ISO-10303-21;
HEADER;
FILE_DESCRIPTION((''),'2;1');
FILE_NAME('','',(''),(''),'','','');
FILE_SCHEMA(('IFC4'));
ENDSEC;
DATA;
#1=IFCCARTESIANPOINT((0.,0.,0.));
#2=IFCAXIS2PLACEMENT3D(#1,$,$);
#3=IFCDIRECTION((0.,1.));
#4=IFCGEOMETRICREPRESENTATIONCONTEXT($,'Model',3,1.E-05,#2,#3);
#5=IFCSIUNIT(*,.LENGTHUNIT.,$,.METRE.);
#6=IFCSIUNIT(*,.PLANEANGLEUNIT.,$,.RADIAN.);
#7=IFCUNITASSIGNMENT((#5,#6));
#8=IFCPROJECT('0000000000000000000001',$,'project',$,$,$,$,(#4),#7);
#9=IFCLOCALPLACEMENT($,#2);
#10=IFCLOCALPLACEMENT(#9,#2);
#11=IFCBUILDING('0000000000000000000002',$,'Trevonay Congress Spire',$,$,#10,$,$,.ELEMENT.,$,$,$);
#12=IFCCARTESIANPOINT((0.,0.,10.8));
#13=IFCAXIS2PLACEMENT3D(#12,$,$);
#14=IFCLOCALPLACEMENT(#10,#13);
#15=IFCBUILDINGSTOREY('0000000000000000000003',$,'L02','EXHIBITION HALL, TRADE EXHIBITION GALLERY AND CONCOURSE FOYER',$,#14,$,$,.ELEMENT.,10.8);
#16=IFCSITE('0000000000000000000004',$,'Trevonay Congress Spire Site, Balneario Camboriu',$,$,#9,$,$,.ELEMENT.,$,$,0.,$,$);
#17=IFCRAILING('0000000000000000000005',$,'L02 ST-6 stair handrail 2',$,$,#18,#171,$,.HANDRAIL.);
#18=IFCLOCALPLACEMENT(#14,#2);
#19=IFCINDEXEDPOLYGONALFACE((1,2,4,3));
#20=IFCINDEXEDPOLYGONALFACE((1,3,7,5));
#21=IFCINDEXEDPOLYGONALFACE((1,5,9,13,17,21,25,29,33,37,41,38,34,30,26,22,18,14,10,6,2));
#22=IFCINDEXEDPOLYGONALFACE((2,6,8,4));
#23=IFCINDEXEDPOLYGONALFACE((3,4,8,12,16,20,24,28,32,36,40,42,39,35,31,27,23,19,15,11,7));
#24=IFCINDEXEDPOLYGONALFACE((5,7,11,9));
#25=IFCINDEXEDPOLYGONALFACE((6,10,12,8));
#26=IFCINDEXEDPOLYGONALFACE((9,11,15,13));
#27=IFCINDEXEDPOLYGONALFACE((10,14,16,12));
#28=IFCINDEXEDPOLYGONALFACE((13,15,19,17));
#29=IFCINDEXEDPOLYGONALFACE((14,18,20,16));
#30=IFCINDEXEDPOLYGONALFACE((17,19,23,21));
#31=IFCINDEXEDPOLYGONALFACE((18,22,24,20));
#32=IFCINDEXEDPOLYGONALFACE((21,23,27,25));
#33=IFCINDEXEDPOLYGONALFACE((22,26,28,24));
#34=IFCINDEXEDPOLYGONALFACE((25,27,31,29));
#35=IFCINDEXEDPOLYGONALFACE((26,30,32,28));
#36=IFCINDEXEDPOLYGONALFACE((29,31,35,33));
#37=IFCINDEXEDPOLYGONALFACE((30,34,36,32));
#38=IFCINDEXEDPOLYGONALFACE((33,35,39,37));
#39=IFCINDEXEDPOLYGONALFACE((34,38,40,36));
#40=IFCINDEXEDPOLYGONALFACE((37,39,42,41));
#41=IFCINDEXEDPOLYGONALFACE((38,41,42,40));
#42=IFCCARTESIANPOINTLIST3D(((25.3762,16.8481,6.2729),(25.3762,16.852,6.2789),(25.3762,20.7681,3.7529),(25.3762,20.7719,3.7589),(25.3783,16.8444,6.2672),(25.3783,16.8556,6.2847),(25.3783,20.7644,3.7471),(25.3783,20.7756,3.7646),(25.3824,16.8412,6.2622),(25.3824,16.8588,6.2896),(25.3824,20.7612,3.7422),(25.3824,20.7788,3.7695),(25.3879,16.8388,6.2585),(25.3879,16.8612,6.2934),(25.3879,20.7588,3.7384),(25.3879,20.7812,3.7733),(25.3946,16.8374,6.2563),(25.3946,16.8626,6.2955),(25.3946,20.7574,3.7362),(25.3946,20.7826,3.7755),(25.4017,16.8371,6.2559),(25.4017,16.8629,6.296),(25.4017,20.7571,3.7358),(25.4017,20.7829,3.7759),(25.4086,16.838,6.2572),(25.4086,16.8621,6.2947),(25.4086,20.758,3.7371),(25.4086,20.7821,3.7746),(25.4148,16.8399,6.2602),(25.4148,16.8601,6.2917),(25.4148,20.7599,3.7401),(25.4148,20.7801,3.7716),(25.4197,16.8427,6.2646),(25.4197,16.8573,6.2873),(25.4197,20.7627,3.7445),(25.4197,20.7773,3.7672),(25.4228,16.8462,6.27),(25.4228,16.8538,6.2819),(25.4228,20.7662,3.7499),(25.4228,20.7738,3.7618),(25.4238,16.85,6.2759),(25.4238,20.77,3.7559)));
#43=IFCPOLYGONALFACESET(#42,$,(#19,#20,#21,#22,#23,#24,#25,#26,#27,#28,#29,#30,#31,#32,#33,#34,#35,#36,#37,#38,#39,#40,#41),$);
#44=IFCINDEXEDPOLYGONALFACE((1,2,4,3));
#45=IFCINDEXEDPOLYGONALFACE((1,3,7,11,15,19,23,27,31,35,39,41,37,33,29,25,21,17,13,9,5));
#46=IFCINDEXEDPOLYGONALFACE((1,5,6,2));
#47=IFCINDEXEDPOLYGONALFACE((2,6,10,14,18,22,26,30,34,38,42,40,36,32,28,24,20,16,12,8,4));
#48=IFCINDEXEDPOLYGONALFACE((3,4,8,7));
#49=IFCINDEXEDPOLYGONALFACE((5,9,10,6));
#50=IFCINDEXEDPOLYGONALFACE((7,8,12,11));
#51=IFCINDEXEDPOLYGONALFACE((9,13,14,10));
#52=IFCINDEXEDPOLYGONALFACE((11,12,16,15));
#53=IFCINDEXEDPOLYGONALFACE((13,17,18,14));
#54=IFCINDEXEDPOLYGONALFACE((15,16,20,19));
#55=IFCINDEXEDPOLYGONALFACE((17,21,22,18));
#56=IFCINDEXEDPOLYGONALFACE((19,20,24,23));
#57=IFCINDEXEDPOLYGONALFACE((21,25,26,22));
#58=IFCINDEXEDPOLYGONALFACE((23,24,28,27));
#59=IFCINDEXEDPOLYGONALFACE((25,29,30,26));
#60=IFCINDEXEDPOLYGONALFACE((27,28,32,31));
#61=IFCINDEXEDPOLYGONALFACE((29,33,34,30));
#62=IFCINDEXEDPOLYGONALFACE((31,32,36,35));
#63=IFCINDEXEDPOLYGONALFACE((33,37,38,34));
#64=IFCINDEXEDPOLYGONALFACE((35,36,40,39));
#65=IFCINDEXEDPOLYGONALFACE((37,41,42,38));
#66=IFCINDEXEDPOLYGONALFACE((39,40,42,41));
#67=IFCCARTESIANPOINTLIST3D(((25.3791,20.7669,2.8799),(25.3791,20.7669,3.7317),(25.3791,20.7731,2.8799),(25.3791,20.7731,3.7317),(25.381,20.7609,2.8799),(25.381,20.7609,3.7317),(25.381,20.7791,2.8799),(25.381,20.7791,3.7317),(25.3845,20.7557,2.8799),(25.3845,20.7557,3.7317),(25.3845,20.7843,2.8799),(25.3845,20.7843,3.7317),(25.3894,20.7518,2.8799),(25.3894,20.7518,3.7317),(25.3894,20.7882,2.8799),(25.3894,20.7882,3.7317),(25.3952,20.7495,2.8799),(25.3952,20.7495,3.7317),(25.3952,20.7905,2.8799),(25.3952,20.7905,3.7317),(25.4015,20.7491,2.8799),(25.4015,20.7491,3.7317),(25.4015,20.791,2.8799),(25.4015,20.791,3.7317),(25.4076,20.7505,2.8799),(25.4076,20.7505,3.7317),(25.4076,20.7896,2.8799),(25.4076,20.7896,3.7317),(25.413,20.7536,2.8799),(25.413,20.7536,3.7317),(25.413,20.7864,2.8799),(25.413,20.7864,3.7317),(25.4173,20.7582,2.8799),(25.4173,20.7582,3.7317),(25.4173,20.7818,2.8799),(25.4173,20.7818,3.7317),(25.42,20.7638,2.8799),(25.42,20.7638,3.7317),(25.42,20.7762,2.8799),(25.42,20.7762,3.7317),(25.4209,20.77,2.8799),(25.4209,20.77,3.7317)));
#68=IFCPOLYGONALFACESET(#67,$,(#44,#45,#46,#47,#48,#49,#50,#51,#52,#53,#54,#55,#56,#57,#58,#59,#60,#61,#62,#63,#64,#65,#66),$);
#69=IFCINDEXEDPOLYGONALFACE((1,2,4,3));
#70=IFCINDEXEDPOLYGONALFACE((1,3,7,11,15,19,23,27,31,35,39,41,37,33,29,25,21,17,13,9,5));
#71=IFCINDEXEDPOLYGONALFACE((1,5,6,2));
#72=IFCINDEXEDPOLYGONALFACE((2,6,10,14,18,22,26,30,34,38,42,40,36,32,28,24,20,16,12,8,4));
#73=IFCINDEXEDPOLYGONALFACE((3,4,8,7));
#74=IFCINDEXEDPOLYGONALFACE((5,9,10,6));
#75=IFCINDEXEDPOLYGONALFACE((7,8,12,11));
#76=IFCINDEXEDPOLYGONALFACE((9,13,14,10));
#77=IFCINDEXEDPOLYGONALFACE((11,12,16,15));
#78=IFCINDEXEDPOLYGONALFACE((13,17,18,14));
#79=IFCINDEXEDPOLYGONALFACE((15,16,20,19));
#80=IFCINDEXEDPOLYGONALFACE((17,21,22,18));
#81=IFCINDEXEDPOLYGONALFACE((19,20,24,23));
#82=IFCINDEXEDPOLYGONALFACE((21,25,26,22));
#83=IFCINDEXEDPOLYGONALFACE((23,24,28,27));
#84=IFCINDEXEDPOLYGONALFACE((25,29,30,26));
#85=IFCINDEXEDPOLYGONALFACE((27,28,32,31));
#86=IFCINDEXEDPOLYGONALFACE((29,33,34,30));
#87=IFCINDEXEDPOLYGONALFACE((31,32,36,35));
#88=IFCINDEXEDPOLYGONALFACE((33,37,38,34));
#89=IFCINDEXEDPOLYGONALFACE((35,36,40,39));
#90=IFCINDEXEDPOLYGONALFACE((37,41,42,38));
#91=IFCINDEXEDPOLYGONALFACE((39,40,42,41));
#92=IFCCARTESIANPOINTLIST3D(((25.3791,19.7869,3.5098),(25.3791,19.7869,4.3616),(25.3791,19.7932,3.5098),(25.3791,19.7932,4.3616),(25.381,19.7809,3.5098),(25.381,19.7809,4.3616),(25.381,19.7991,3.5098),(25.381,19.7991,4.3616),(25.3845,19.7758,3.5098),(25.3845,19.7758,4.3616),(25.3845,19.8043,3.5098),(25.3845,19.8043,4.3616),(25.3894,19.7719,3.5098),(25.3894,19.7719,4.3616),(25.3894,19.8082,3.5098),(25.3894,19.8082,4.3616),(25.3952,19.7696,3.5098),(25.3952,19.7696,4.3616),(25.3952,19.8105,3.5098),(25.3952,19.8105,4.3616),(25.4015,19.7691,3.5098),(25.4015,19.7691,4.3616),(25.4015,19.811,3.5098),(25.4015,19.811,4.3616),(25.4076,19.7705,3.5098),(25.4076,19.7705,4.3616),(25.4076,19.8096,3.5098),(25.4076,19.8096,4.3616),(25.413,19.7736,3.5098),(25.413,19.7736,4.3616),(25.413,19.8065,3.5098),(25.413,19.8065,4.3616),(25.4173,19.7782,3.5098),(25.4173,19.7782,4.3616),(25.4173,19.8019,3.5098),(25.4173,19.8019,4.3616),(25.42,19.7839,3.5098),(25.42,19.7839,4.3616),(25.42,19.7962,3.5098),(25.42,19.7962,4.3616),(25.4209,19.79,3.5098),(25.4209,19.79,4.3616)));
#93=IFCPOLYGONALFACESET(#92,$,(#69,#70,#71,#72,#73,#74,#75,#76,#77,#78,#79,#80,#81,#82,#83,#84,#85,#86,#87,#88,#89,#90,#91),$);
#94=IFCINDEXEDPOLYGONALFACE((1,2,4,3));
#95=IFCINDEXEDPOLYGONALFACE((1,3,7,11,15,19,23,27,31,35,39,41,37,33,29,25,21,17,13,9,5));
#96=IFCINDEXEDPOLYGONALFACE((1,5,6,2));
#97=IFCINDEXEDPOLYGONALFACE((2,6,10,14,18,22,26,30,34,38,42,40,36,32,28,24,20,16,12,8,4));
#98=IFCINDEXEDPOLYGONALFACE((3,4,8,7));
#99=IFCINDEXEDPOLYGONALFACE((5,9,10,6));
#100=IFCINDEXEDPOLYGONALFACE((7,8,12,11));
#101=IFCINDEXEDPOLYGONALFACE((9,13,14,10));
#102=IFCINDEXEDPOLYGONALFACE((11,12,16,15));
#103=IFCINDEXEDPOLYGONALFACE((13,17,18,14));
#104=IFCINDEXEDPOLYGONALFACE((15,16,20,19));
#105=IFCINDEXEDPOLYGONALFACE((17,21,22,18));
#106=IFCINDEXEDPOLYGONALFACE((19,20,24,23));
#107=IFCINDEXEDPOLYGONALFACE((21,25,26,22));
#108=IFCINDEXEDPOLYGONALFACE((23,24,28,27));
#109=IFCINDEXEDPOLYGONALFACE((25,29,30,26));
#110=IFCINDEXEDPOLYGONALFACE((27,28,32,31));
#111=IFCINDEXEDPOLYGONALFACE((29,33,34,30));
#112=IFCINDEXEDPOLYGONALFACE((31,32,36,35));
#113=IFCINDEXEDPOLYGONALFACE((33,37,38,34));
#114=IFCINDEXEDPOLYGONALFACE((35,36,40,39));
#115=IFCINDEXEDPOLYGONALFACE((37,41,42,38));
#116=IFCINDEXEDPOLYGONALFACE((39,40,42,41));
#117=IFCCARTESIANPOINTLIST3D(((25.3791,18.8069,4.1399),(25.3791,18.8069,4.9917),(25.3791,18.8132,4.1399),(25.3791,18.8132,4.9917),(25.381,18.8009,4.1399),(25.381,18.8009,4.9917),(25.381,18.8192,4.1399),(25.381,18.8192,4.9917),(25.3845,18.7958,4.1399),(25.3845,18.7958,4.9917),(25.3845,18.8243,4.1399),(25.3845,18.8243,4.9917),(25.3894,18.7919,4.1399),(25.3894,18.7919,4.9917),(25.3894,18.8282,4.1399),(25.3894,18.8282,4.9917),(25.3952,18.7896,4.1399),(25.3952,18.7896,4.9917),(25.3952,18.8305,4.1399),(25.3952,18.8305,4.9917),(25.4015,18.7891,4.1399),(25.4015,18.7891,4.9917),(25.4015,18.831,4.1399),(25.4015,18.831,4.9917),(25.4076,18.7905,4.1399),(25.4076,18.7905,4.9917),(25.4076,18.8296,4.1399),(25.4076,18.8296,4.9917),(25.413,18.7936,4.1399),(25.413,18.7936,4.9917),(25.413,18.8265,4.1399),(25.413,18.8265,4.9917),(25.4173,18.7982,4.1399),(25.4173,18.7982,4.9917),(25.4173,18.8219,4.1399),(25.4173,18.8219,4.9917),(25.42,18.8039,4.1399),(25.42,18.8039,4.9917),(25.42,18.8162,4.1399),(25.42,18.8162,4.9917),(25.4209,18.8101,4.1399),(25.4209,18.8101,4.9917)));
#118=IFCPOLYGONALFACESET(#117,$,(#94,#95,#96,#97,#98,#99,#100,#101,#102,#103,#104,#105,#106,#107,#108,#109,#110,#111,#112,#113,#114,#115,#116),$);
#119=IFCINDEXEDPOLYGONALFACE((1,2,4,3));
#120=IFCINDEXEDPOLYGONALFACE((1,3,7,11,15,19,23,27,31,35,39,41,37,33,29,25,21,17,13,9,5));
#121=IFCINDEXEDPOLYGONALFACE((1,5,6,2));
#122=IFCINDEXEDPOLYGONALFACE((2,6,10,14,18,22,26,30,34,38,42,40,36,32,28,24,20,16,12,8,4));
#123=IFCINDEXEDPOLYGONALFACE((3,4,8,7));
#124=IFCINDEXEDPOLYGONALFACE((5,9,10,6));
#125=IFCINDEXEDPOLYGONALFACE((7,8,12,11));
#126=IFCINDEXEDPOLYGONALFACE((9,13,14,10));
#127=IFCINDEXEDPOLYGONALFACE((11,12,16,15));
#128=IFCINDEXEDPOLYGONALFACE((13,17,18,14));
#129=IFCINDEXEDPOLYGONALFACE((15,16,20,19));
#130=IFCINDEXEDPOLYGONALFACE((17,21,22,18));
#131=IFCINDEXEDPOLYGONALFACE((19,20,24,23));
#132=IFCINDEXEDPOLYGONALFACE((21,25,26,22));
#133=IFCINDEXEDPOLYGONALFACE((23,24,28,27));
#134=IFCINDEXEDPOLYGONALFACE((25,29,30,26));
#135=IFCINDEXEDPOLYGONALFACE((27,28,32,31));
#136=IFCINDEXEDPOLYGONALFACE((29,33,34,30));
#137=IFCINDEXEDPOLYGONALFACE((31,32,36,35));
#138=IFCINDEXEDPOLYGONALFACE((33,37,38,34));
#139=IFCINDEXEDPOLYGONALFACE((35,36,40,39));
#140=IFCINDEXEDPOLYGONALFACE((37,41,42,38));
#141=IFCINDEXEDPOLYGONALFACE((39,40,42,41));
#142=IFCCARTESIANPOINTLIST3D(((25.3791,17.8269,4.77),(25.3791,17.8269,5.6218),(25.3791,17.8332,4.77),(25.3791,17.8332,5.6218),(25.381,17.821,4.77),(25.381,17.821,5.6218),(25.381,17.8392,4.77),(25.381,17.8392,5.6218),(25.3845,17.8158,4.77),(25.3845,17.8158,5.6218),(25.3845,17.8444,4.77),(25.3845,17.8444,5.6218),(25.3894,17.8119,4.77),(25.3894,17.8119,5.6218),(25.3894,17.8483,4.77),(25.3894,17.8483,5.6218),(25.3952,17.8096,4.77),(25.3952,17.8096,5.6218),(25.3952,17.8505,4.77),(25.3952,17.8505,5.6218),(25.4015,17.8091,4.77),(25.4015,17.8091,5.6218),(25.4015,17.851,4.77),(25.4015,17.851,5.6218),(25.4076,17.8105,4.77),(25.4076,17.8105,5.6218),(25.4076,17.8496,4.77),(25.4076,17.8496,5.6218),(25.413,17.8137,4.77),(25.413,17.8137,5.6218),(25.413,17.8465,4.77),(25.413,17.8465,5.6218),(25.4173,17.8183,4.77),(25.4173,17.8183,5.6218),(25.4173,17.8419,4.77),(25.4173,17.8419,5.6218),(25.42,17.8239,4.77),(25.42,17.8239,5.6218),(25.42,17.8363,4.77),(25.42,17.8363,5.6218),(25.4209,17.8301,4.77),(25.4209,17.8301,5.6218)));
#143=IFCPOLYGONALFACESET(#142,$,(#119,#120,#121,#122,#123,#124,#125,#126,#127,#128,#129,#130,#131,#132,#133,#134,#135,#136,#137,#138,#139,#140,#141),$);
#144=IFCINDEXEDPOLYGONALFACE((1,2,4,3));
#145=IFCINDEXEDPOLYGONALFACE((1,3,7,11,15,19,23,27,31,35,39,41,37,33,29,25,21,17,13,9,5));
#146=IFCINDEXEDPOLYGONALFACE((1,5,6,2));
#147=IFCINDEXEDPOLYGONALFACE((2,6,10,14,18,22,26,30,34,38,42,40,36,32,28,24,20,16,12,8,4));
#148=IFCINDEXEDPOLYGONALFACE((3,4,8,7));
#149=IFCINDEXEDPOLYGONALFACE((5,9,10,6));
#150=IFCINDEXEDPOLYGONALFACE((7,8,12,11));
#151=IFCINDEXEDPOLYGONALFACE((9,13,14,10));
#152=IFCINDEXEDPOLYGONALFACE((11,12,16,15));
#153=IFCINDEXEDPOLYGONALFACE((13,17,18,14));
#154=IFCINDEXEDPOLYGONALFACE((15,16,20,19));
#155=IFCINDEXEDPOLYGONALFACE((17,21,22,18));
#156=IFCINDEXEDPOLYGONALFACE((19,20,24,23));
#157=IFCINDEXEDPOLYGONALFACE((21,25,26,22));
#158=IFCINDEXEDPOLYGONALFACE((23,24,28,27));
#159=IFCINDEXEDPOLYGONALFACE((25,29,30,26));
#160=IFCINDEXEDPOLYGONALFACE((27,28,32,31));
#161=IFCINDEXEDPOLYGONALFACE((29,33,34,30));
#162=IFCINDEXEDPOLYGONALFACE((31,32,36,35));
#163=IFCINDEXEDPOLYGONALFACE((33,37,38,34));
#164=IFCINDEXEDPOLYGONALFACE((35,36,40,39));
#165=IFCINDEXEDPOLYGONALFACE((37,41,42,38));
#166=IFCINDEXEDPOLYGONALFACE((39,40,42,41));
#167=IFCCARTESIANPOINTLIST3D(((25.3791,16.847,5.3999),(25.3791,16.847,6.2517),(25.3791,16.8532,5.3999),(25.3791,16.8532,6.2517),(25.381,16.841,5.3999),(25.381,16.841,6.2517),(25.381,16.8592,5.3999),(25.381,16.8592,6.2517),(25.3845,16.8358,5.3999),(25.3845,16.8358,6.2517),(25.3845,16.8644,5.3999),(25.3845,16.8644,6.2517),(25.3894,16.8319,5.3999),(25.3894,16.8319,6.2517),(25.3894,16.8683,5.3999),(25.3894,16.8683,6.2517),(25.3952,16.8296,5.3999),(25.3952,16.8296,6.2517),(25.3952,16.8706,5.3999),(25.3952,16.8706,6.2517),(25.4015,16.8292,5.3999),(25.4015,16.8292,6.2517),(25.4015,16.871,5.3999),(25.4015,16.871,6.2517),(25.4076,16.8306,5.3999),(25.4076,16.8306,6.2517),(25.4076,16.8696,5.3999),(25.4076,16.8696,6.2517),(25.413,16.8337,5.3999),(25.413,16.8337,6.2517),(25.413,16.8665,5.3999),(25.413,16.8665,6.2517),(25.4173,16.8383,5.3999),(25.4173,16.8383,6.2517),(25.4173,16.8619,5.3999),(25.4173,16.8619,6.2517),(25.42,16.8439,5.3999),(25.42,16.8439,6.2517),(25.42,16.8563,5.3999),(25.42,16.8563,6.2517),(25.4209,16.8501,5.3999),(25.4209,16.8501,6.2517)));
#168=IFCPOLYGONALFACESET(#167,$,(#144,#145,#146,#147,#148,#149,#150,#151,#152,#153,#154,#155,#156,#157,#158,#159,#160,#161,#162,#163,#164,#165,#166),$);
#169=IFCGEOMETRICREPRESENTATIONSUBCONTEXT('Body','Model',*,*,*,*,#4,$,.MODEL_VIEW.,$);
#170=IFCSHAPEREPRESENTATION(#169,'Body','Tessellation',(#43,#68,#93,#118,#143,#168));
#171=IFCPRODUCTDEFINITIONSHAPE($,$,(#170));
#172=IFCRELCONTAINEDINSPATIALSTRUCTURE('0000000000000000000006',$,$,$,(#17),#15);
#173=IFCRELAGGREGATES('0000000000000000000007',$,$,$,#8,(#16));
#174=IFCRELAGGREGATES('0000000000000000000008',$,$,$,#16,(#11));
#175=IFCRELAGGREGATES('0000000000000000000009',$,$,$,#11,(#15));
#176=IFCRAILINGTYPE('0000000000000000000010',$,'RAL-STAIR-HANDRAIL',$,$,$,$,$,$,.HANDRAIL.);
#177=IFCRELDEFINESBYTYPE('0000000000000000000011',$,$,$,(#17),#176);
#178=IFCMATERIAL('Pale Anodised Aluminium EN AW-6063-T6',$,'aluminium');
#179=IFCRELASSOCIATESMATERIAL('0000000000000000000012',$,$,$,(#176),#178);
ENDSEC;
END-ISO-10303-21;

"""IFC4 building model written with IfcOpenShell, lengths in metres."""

from ifc_helpers import new_model, si_unit, direction, frame, origin, origin_2d, place, context, subcontext, project, spatial, circle, extrude, material, type_object, element, save


model = new_model("IFC4")

# Units and contexts
model_context = context("Model", 3, precision=1e-05, world=origin(), true_north=direction((0.0, 1.0)))
body_context = subcontext(model_context, "Body", "Model", "MODEL_VIEW")
ifc_project = project(units=[si_unit("LENGTHUNIT", "METRE"), si_unit("PLANEANGLEUNIT", "RADIAN")], contexts=[model_context])

# Site, building, storey
site_placement = place(None, origin())
site = spatial("IfcSite", under=ifc_project, at=site_placement, Name="Trevonay Congress Spire Site, Balneario Camboriu", CompositionType="ELEMENT", RefElevation=0.0)
building_placement = place(site_placement, origin())
building = spatial("IfcBuilding", under=site, at=building_placement, Name="Trevonay Congress Spire", CompositionType="ELEMENT")
storey_placement = place(building_placement, frame((0.0, 0.0, 10.8)))
storey = spatial("IfcBuildingStorey", under=building, at=storey_placement, Name="L02", Description="EXHIBITION HALL, TRADE EXHIBITION GALLERY AND CONCOURSE FOYER", CompositionType="ELEMENT", Elevation=10.8)

# Shared definitions
ifc_material_1 = material(Name="Pale Anodised Aluminium EN AW-6063-T6", Category="aluminium")

# Railing
railing_type_1 = type_object("IfcRailingType", Name="RAL-STAIR-HANDRAIL", PredefinedType="HANDRAIL", material=ifc_material_1)
railing_1_placement = place(storey_placement, frame((25.3999, 20.77, 2.8799)))
element("IfcRailing", 1, at=railing_1_placement, inside=storey, type_object=railing_type_1, Name="L02 ST-6 stair handrail 2", PredefinedType="HANDRAIL", context=body_context, shape_type="SweptSolid", body=[
    extrude(circle(Radius=0.0239, at=origin_2d()), frame((0.0, 0.0, 0.876), z_axis=(0.0, -0.841172, 0.540768), x_axis=(1.0, 0.0, 0.0)), (0.0, 0.0, 1.0), 4.6602),
    extrude(circle(Radius=0.021, at=origin_2d()), origin(), (0.0, 0.0, 1.0), 0.8518),
    extrude(circle(Radius=0.021, at=origin_2d()), frame((0.0, -0.98, 0.6299)), (0.0, 0.0, 1.0), 0.8518),
    extrude(circle(Radius=0.021, at=origin_2d()), frame((0.0, -1.96, 1.26)), (0.0, 0.0, 1.0), 0.8518),
    extrude(circle(Radius=0.021, at=origin_2d()), frame((0.0, -2.9399, 1.8901)), (0.0, 0.0, 1.0), 0.8518),
    extrude(circle(Radius=0.021, at=origin_2d()), frame((0.0, -3.9199, 2.52)), (0.0, 0.0, 1.0), 0.8518),
])

save(model, "model.ifc")
